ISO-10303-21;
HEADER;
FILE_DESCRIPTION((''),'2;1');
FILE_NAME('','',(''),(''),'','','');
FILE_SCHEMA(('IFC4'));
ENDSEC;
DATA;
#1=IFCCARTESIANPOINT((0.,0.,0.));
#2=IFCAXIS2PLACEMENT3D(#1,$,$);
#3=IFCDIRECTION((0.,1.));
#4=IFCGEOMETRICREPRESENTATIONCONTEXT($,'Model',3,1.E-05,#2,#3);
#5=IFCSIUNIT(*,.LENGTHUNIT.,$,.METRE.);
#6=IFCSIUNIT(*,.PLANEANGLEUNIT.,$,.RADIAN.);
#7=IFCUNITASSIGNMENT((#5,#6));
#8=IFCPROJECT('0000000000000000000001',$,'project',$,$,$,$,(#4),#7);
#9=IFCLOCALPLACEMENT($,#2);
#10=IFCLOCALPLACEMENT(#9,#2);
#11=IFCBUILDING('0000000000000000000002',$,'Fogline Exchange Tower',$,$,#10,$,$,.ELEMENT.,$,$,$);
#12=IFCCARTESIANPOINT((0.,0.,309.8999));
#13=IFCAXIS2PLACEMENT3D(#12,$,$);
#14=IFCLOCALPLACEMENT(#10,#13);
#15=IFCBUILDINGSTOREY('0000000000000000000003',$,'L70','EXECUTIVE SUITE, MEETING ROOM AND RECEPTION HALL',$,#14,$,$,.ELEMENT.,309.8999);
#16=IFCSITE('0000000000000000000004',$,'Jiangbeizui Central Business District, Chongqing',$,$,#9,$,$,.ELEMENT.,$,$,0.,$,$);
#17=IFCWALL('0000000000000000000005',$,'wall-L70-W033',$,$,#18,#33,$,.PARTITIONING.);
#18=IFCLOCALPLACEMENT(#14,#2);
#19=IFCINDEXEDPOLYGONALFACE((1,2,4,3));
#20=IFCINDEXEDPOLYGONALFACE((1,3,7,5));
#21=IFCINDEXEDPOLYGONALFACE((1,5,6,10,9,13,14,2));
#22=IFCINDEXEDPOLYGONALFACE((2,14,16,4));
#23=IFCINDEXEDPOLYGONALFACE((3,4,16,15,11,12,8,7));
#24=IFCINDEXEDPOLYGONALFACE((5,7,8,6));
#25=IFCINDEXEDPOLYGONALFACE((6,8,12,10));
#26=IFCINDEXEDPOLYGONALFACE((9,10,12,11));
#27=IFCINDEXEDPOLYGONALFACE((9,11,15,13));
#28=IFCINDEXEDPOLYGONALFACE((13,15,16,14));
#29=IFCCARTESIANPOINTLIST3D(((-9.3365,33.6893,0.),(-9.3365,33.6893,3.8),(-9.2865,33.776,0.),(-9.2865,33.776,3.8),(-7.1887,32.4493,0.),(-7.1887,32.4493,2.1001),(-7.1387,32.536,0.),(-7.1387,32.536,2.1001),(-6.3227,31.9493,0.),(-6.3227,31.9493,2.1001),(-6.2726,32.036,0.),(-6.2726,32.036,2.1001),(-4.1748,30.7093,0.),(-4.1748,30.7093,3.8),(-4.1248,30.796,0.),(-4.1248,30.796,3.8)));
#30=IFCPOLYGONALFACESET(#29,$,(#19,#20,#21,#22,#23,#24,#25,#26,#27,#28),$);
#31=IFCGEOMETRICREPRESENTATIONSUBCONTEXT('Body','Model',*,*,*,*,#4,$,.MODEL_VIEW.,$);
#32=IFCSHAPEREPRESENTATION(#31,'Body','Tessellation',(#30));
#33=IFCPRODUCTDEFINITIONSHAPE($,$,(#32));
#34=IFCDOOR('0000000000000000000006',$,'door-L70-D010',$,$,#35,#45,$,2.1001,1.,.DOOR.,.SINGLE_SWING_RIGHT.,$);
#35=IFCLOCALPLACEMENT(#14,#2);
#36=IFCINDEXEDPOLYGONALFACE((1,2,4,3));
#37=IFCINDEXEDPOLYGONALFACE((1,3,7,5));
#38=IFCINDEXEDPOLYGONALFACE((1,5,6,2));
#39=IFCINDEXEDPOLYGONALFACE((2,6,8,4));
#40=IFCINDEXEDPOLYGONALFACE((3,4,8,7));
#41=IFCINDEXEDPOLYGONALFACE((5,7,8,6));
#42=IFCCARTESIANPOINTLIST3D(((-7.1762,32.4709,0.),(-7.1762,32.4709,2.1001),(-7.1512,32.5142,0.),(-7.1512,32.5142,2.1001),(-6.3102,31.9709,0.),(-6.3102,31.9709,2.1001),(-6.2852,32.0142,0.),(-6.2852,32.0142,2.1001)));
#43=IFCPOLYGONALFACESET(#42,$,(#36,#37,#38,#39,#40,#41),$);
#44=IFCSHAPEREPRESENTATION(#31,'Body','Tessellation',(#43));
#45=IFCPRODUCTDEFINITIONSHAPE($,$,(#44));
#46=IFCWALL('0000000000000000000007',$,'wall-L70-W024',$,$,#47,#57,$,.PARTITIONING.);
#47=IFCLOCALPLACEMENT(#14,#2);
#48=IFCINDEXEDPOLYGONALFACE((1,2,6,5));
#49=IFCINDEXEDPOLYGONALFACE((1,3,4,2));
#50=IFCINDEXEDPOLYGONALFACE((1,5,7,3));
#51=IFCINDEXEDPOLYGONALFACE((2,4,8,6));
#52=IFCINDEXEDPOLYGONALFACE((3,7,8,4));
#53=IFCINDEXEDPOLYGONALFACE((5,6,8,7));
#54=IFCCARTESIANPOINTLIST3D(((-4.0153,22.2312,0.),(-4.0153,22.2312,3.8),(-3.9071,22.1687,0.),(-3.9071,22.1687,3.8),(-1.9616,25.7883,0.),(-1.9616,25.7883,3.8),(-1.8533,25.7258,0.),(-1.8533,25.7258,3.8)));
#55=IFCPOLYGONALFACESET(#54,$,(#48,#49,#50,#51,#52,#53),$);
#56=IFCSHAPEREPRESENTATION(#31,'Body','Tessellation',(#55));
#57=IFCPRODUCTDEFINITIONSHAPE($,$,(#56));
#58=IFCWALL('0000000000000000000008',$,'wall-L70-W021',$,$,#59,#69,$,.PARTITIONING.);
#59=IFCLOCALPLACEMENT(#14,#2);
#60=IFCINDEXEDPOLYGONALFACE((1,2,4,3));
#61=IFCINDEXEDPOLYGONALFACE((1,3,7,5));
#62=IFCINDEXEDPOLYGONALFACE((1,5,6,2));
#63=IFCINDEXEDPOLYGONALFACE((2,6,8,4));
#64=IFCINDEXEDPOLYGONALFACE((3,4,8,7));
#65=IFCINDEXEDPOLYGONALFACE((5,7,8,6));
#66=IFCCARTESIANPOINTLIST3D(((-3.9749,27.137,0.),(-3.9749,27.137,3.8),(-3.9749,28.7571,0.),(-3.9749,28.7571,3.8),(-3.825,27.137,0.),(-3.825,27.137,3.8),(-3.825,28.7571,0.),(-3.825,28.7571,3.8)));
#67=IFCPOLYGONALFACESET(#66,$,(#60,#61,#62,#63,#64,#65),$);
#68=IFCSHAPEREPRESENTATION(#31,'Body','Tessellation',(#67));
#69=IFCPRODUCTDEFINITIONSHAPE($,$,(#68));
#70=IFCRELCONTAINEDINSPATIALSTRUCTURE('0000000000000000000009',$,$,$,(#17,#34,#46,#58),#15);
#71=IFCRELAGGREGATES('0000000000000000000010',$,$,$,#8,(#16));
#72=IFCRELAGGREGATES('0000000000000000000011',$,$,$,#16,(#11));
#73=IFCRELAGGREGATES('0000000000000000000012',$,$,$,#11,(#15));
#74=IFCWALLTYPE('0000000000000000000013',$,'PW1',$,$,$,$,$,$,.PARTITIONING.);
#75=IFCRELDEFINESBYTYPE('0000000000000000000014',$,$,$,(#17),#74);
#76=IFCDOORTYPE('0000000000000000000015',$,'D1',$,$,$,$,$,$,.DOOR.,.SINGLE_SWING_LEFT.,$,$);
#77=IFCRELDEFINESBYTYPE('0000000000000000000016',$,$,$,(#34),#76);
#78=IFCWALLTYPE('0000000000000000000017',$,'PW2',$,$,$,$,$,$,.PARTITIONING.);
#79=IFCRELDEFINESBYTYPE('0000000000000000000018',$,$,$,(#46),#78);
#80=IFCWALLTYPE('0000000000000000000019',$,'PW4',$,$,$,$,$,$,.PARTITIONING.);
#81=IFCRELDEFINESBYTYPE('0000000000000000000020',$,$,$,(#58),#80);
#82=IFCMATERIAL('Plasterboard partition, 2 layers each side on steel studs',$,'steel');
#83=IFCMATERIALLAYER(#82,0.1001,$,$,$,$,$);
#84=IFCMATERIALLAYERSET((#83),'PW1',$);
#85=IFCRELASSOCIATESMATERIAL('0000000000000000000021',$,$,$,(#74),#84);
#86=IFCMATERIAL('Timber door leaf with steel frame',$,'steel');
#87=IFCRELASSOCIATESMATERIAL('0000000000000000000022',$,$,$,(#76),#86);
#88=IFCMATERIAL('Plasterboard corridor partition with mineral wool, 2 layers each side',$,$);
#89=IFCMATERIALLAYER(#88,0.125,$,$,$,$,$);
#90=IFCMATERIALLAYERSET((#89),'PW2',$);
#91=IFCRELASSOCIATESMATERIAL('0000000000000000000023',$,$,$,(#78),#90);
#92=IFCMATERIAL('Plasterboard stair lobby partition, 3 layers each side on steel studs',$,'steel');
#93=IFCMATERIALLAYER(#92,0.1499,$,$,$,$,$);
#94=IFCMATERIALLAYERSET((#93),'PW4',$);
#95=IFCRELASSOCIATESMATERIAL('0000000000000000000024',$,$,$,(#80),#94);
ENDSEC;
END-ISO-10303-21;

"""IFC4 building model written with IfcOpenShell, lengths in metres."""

from ifc_helpers import new_model, si_unit, direction, frame, frame_2d, origin, place, context, subcontext, project, spatial, rectangle, extrude, material, layer, layer_set, type_object, element, fill, save


model = new_model("IFC4")

# Units and contexts
model_context = context("Model", 3, precision=1e-05, world=origin(), true_north=direction((0.0, 1.0)))
body_context = subcontext(model_context, "Body", "Model", "MODEL_VIEW")
ifc_project = project(units=[si_unit("LENGTHUNIT", "METRE"), si_unit("PLANEANGLEUNIT", "RADIAN")], contexts=[model_context])

# Site, building, storey
site_placement = place(None, origin())
site = spatial("IfcSite", under=ifc_project, at=site_placement, Name="Jiangbeizui Central Business District, Chongqing", CompositionType="ELEMENT", RefElevation=0.0)
building_placement = place(site_placement, origin())
building = spatial("IfcBuilding", under=site, at=building_placement, Name="Fogline Exchange Tower", CompositionType="ELEMENT")
storey_placement = place(building_placement, frame((0.0, 0.0, 309.8999)))
storey = spatial("IfcBuildingStorey", under=building, at=storey_placement, Name="L70", Description="EXECUTIVE SUITE, MEETING ROOM AND RECEPTION HALL", CompositionType="ELEMENT", Elevation=309.8999)

# Wall, opening, door
ifc_material_1 = material(Name="Plasterboard partition, 2 layers each side on steel studs", Category="steel")
ifc_layer_1 = layer(ifc_material_1, 0.1001)
ifc_layer_set_1 = layer_set([ifc_layer_1], Name="PW1")
wall_type_1 = type_object("IfcWallType", Name="PW1", PredefinedType="PARTITIONING", material=ifc_layer_set_1)
wall_1_placement = place(storey_placement, frame((-4.1499, 30.7527, 0.0), z_axis=(0.0, 0.0, 1.0), x_axis=(-0.866031, 0.49999, 0.0)))
wall_1 = element("IfcWall", 1, at=wall_1_placement, inside=storey, type_object=wall_type_1, Name="wall-L70-W033", PredefinedType="PARTITIONING", context=body_context, shape_type="SweptSolid", body=[
    extrude(rectangle(XDim=5.9602, YDim=0.1001, at=frame_2d((2.98, 0.0))), origin(), (0.0, 0.0, 1.0), 3.8),
])
opening_1_placement = place(wall_1_placement, frame((2.48, 0.0, 0.0)))
opening_1 = element("IfcOpeningElement", 2, at=opening_1_placement, cuts=wall_1, PredefinedType="OPENING", context=body_context, shape_type="SweptSolid", body=[
    extrude(rectangle(XDim=1.0, YDim=2.1001, at=frame_2d((0.5, 1.05))), frame((0.0, 0.0601, 0.0), z_axis=(0.0, -1.0, 0.0), x_axis=(1.0, 0.0, 0.0)), (0.0, 0.0, 1.0), 0.1201),
])
ifc_material_2 = material(Name="Timber door leaf with steel frame", Category="steel")
door_type_1 = type_object("IfcDoorType", Name="D1", OperationType="SINGLE_SWING_LEFT", PredefinedType="DOOR", material=ifc_material_2)
door_1_placement = place(opening_1_placement, frame((1.0, 0.0, 0.0), z_axis=(0.0, 0.0, 1.0), x_axis=(-1.0, 0.0, 0.0)))
door_1 = element("IfcDoor", 3, at=door_1_placement, inside=storey, type_object=door_type_1, Name="door-L70-D010", OperationType="SINGLE_SWING_RIGHT", OverallHeight=2.1001, OverallWidth=1.0, PredefinedType="DOOR", context=body_context, shape_type="SweptSolid", body=[
    extrude(rectangle(XDim=1.0, YDim=2.1001, at=frame_2d((0.5, 1.05))), frame((0.0, 0.0249, 0.0), z_axis=(0.0, -1.0, 0.0), x_axis=(1.0, 0.0, 0.0)), (0.0, 0.0, 1.0), 0.05),
])
fill(opening_1, door_1)

# Walls
ifc_material_3 = material(Name="Plasterboard corridor partition with mineral wool, 2 layers each side")
ifc_layer_2 = layer(ifc_material_3, 0.125)
ifc_layer_set_2 = layer_set([ifc_layer_2], Name="PW2")
wall_type_2 = type_object("IfcWallType", Name="PW2", PredefinedType="PARTITIONING", material=ifc_layer_set_2)
wall_2_placement = place(storey_placement, frame((-1.9075, 25.7571, 0.0), z_axis=(0.0, 0.0, 1.0), x_axis=(-0.5, -0.866025, 0.0)))
element("IfcWall", 4, at=wall_2_placement, inside=storey, type_object=wall_type_2, Name="wall-L70-W024", PredefinedType="PARTITIONING", context=body_context, shape_type="SweptSolid", body=[
    extrude(rectangle(XDim=4.1074, YDim=0.125, at=frame_2d((2.0537, 0.0))), origin(), (0.0, 0.0, 1.0), 3.8),
])
ifc_material_4 = material(Name="Plasterboard stair lobby partition, 3 layers each side on steel studs", Category="steel")
ifc_layer_3 = layer(ifc_material_4, 0.1499)
ifc_layer_set_3 = layer_set([ifc_layer_3], Name="PW4")
wall_type_3 = type_object("IfcWallType", Name="PW4", PredefinedType="PARTITIONING", material=ifc_layer_set_3)
wall_3_placement = place(storey_placement, frame((-3.8999, 27.137, 0.0), z_axis=(0.0, 0.0, 1.0), x_axis=(0.0, 1.0, 0.0)))
element("IfcWall", 5, at=wall_3_placement, inside=storey, type_object=wall_type_3, Name="wall-L70-W021", PredefinedType="PARTITIONING", context=body_context, shape_type="SweptSolid", body=[
    extrude(rectangle(XDim=1.6201, YDim=0.1499, at=frame_2d((0.8101, 0.0))), origin(), (0.0, 0.0, 1.0), 3.8),
])

save(model, "model.ifc")
